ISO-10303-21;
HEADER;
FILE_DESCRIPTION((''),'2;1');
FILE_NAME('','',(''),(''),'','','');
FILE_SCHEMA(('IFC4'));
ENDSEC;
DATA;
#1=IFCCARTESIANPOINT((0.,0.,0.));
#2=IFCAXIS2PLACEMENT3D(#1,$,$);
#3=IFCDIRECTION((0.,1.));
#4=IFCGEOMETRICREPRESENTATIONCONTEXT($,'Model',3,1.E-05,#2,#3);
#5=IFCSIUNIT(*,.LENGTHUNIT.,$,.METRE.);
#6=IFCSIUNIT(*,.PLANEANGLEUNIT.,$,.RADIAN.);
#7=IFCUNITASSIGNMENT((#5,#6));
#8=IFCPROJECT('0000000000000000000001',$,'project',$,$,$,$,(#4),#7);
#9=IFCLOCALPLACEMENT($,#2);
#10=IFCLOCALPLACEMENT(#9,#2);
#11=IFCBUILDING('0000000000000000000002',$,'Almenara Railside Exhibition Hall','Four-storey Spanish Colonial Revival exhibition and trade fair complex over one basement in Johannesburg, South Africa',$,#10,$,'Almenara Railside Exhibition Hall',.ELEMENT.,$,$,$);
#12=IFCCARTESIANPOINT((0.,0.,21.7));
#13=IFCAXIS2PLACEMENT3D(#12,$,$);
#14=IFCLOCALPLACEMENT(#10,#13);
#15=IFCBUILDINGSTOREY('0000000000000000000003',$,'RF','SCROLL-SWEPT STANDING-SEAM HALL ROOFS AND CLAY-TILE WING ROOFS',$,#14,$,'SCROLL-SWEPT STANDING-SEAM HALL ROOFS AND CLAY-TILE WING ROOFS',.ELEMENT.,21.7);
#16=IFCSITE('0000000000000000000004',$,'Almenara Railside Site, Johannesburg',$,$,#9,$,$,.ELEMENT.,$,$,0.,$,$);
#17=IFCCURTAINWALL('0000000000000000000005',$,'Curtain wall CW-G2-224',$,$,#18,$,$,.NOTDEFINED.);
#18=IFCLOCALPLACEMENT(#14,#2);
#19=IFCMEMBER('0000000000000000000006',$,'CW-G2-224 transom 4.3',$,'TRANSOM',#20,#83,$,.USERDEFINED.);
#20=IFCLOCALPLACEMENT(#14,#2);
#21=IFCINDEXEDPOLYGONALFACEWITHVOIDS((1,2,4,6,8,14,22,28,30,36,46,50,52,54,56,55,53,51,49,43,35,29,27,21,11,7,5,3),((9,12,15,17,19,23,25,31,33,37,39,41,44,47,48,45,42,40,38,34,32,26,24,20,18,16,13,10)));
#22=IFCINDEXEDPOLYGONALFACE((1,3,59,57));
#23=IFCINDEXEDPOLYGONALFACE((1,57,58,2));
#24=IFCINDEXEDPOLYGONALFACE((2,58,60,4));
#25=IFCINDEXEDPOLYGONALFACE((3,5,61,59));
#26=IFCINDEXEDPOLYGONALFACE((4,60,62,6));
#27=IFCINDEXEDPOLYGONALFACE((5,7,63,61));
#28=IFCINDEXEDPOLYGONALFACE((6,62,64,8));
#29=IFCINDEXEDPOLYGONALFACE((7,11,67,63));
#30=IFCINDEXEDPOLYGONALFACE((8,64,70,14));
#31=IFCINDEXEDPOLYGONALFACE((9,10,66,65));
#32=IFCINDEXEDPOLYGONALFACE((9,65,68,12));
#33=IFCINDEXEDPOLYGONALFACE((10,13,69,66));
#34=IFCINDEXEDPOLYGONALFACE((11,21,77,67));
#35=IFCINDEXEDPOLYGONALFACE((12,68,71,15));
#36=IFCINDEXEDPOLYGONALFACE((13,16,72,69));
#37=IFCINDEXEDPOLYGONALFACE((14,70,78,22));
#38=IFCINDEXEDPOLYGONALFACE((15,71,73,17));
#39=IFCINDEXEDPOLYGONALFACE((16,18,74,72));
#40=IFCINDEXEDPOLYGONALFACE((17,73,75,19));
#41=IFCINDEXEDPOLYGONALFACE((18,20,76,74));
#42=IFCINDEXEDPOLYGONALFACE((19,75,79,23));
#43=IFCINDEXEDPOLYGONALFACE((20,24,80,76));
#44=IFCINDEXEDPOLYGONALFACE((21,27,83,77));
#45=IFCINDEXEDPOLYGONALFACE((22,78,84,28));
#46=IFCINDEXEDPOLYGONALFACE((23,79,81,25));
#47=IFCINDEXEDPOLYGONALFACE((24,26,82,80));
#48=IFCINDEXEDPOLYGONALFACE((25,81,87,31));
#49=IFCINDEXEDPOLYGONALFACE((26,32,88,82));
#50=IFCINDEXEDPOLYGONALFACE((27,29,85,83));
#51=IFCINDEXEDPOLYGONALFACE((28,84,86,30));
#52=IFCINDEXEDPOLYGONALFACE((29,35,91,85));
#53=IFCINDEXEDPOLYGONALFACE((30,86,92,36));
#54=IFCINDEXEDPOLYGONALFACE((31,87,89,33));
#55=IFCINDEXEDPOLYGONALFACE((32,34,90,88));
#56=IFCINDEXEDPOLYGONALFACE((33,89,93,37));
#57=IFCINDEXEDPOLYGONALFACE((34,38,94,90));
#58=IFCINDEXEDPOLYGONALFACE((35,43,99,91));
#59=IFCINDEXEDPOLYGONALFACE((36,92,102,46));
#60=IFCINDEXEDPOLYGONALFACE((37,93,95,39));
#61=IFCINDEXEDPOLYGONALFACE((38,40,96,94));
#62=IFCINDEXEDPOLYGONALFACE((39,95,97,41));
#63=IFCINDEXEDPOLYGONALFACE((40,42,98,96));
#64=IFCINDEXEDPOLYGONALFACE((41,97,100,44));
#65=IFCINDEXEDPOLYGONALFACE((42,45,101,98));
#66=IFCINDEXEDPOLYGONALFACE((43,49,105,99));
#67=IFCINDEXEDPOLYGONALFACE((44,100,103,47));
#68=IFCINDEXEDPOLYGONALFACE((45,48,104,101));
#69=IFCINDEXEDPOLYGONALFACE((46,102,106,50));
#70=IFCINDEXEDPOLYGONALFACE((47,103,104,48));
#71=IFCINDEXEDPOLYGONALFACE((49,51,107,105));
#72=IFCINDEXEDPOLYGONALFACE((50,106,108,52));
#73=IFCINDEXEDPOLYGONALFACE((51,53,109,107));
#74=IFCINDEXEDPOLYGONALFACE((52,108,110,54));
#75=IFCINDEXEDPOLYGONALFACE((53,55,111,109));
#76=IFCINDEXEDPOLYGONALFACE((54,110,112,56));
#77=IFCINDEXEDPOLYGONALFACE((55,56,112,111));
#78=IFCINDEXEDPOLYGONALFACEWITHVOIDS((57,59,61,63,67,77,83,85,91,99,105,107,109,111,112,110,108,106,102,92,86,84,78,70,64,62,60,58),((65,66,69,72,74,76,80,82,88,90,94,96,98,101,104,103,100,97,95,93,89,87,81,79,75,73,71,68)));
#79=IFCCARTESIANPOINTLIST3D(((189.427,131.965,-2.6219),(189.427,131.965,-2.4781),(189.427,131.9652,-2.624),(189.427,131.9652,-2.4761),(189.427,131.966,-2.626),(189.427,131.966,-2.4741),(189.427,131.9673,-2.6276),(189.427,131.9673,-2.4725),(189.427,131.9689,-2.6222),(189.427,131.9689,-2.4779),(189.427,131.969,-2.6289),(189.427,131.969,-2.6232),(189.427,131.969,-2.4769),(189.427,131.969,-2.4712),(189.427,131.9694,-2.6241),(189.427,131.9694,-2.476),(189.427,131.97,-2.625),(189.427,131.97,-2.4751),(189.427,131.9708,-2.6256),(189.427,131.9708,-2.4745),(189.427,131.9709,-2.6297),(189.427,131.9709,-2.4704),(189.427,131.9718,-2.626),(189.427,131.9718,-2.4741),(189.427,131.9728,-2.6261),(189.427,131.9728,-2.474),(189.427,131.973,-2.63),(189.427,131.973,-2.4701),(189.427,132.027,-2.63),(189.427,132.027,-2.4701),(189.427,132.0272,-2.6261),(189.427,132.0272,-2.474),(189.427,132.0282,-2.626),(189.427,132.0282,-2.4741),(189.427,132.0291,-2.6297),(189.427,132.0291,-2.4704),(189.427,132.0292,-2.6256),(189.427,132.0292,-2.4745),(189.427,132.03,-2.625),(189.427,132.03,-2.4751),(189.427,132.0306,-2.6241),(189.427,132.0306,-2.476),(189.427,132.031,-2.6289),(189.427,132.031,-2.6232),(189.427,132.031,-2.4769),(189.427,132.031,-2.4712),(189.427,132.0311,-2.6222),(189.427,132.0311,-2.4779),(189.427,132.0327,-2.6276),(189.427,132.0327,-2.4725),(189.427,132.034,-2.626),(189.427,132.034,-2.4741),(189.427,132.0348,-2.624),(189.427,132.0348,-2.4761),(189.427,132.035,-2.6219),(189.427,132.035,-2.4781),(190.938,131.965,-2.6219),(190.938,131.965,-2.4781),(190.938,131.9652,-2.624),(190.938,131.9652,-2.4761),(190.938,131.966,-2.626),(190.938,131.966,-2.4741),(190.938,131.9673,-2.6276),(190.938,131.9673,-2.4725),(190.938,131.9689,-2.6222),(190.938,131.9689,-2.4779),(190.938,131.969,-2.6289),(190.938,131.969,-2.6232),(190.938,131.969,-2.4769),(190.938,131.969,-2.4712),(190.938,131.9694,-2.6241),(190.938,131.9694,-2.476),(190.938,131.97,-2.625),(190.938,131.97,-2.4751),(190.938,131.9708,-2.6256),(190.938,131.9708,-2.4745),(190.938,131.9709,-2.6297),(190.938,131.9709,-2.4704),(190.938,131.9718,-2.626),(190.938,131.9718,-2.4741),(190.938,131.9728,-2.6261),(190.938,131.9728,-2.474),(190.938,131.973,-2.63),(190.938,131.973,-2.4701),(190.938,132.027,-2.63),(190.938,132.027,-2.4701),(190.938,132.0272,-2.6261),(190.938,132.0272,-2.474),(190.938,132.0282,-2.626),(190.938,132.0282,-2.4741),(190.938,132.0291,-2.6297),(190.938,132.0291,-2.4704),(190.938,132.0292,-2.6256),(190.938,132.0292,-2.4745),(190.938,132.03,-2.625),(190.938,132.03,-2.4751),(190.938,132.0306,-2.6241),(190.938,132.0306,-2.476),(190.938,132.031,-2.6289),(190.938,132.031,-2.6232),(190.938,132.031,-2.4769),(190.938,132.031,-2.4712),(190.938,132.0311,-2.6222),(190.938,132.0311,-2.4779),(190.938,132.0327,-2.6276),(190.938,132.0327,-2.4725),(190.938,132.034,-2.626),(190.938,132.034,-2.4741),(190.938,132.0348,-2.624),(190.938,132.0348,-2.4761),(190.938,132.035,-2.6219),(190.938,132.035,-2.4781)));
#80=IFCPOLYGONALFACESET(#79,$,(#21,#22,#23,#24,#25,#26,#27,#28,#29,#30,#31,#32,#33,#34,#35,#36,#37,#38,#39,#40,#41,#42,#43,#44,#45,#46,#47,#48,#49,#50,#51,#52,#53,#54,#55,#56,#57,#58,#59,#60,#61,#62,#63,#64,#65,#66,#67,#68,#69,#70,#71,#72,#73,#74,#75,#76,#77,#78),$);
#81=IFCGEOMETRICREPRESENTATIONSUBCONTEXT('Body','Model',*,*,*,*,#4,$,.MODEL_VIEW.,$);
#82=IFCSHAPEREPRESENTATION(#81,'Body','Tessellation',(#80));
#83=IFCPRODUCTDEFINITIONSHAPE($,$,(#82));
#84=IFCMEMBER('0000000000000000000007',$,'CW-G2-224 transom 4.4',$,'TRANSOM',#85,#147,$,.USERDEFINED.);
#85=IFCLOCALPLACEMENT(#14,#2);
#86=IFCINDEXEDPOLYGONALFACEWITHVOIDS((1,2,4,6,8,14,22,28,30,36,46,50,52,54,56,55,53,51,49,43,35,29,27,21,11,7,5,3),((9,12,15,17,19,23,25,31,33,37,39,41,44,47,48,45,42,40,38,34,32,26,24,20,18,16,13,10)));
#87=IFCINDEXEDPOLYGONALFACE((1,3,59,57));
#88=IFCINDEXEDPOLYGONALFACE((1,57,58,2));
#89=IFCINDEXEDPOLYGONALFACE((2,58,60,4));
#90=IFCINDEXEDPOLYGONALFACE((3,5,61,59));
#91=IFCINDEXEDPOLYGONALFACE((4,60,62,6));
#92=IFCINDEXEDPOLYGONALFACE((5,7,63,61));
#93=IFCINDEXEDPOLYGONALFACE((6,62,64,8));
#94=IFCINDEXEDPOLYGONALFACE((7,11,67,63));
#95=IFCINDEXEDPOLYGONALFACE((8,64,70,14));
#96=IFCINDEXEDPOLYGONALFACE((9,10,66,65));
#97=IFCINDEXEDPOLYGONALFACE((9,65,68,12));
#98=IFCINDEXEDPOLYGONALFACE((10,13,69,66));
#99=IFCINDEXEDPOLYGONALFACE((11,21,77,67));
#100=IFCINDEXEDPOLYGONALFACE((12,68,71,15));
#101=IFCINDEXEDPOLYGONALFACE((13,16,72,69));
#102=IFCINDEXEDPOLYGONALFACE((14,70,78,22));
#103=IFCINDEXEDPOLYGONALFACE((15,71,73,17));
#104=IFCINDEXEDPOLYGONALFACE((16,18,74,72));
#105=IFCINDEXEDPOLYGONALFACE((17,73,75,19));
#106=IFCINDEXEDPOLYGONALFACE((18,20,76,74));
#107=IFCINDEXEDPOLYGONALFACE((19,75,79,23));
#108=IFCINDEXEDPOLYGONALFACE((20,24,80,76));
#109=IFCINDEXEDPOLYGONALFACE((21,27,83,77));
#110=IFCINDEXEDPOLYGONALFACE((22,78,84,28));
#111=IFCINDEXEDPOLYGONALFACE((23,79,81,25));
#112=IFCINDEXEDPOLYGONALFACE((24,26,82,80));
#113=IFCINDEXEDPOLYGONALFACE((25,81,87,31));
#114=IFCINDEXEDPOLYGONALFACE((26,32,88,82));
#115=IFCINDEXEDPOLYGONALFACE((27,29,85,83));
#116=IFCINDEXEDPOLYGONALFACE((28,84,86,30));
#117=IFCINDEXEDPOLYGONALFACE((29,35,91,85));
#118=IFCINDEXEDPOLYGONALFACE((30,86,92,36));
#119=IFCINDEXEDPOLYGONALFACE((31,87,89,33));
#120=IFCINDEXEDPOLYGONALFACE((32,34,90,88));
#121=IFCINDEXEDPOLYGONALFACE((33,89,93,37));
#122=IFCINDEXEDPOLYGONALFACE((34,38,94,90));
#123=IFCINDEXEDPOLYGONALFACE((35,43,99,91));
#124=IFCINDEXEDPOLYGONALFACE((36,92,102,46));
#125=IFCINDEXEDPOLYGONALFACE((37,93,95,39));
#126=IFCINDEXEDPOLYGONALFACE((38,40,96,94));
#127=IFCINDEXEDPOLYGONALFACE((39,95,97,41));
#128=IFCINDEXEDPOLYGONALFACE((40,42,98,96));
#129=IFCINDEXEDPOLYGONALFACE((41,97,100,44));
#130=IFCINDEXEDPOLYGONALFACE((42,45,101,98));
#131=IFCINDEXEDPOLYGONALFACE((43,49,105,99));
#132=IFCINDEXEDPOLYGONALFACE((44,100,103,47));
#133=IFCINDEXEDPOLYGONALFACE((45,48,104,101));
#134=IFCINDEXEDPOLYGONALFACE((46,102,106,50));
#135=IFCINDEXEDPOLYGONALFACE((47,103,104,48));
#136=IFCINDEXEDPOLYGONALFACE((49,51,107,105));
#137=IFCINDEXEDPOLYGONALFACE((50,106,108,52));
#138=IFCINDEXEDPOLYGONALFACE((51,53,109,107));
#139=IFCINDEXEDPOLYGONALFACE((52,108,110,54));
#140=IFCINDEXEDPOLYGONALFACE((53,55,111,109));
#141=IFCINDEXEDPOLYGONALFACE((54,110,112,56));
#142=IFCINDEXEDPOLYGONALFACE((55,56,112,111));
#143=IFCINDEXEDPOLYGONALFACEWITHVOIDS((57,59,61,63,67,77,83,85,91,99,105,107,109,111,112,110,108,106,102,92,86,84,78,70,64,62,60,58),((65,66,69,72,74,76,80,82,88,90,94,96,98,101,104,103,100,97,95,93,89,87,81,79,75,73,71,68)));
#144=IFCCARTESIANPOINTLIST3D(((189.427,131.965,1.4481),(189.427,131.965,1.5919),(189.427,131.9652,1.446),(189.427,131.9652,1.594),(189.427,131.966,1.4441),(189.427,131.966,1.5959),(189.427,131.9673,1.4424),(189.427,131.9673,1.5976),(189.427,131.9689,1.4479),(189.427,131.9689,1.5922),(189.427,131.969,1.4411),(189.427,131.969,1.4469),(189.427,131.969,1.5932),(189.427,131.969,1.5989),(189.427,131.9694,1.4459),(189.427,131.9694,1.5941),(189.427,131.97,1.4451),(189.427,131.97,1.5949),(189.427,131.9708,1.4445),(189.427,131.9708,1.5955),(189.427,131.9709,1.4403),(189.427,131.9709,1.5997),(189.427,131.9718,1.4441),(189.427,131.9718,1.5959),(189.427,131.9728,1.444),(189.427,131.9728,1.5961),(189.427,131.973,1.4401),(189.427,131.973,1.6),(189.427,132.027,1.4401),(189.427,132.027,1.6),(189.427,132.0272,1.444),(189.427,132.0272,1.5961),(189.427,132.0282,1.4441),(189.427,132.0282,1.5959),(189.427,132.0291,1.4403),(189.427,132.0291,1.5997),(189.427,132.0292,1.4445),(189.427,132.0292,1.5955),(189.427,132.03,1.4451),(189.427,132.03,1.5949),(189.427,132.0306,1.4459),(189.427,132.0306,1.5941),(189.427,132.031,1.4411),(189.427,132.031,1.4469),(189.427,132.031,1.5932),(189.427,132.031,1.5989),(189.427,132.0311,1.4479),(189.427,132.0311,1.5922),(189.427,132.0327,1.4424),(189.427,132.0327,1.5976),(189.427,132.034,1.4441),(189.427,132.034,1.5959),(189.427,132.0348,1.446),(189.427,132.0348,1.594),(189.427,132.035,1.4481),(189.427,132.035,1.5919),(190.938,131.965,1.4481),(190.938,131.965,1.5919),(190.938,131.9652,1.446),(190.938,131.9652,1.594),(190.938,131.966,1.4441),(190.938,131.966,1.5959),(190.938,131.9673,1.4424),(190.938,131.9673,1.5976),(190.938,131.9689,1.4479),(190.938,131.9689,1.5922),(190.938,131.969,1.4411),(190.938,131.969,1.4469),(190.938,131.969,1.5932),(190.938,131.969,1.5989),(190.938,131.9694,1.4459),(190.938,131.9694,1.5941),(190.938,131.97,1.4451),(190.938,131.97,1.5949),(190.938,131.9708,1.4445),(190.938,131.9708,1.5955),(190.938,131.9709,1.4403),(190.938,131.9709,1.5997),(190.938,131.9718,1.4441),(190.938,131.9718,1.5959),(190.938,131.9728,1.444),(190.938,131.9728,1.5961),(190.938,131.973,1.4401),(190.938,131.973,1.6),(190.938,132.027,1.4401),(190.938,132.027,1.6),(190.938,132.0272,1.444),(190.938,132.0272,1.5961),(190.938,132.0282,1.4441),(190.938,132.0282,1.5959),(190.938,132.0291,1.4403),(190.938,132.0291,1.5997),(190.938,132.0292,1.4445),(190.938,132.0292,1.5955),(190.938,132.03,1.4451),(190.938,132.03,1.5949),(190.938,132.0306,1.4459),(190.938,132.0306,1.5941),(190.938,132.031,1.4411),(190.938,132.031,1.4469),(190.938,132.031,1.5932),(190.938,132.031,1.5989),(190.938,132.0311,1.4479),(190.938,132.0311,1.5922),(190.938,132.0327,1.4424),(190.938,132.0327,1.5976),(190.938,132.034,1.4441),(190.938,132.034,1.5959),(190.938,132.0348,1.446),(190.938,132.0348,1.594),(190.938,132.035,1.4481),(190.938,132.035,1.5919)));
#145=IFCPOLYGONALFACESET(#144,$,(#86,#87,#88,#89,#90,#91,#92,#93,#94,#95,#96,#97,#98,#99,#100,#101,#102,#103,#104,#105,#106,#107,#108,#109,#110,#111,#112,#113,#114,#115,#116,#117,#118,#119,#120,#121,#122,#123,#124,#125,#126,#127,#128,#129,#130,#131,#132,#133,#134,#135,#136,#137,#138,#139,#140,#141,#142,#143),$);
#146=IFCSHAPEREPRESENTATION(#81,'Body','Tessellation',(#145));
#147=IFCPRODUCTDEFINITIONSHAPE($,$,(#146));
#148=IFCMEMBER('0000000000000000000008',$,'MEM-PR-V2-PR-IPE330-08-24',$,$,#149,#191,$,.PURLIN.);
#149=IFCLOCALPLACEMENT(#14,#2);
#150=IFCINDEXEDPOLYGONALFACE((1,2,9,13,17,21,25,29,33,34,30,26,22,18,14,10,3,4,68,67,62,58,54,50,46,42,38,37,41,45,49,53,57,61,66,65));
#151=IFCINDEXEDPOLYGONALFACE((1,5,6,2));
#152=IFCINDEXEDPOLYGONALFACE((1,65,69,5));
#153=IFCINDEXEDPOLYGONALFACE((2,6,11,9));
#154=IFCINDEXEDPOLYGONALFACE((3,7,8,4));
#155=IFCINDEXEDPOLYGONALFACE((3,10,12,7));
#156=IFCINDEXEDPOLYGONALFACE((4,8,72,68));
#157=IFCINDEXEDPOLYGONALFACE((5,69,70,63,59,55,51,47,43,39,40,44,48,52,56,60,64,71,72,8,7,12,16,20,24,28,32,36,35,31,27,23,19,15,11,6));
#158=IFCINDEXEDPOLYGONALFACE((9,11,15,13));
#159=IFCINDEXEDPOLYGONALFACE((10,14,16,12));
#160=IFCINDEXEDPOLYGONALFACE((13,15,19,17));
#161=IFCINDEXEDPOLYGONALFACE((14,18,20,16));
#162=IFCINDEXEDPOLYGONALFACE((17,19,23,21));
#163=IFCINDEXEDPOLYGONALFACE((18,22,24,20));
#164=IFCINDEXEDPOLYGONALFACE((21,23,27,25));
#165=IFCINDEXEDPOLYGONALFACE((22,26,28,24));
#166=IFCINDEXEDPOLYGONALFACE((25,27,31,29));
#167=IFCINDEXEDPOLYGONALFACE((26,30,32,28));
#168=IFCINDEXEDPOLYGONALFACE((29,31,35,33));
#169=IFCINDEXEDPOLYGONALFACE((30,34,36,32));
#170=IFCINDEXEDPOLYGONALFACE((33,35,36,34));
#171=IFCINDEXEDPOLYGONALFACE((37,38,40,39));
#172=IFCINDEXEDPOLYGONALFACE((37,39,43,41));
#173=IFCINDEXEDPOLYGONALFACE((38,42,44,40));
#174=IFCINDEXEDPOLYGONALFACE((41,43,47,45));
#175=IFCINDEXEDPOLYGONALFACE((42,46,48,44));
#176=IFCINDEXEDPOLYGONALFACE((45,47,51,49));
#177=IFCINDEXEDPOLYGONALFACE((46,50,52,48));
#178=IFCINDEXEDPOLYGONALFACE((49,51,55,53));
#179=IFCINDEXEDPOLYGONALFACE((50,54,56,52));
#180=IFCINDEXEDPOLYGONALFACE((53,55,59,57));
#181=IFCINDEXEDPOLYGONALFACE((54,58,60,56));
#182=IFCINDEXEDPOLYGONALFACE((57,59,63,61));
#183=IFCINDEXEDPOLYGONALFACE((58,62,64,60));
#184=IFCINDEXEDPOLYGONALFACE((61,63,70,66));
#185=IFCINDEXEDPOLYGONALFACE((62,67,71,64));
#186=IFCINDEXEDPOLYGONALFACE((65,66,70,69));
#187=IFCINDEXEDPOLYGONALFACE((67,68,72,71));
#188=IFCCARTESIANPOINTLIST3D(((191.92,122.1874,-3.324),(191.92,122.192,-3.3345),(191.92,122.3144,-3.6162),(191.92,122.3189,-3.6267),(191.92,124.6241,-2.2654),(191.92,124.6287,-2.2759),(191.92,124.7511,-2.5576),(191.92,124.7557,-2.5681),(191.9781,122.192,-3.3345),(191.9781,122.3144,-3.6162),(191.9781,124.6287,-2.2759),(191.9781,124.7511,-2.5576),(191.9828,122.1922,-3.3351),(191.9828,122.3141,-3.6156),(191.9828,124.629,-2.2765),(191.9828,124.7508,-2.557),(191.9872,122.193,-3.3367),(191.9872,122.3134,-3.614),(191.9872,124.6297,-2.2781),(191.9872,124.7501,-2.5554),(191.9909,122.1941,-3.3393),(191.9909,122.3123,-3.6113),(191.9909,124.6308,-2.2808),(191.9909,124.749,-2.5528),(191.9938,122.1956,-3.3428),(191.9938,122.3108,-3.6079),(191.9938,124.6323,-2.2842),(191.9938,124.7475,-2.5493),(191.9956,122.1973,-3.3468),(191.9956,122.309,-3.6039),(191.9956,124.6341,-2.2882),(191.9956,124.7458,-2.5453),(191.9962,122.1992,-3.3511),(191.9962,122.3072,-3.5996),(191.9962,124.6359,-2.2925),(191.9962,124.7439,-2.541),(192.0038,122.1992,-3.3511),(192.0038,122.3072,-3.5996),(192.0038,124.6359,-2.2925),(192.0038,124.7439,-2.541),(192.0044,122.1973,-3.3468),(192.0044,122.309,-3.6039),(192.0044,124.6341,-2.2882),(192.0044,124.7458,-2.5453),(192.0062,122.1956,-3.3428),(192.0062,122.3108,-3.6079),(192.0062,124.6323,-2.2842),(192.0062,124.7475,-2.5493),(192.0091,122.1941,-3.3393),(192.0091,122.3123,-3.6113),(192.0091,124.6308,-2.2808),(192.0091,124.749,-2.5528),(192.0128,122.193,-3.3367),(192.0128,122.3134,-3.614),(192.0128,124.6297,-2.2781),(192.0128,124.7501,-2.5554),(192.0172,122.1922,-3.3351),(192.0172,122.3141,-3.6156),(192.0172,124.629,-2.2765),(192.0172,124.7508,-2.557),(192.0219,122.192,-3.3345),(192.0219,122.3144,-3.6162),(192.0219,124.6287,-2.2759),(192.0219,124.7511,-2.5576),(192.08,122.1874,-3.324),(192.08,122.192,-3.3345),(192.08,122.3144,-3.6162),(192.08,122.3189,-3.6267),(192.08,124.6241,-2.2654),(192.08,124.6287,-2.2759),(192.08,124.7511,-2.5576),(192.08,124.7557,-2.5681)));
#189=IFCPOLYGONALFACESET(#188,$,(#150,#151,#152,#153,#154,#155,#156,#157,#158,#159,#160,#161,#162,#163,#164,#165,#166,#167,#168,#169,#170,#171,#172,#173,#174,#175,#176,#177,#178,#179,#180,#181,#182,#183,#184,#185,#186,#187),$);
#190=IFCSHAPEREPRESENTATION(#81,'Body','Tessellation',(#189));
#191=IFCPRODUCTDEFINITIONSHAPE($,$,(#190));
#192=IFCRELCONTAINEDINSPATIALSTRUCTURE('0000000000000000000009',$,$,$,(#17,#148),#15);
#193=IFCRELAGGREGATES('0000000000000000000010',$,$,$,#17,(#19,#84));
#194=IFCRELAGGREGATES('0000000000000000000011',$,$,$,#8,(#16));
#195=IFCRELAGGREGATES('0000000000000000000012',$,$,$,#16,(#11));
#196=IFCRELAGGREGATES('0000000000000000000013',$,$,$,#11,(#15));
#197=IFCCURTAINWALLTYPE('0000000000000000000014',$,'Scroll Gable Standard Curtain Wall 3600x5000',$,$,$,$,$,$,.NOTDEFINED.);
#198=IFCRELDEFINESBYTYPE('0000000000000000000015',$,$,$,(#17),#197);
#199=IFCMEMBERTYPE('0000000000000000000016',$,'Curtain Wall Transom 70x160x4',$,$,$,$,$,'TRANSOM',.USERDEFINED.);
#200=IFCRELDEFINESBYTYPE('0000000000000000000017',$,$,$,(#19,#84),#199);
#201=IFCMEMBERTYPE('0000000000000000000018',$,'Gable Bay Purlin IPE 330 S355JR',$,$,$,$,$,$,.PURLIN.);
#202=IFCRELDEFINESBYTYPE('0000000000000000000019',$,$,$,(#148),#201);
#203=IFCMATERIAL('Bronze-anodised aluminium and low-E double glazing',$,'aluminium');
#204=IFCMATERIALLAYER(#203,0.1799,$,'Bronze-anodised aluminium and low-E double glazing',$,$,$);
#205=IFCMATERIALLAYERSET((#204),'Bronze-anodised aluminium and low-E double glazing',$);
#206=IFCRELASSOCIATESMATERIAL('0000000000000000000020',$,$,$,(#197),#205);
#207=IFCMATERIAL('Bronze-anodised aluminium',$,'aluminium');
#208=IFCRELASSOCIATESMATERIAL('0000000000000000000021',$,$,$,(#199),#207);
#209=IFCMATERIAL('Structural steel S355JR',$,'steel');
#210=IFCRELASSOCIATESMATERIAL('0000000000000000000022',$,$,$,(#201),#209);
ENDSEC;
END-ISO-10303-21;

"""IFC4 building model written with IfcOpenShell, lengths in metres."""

from ifc_helpers import new_model, si_unit, direction, frame, origin, origin_2d, place, context, subcontext, project, spatial, hollow_rectangle, i_section, extrude, material, layer, layer_set, material_profile, profile_set, type_object, element, aggregate, save


model = new_model("IFC4")

# Units and contexts
model_context = context("Model", 3, precision=1e-05, world=origin(), true_north=direction((0.0, 1.0)))
body_context = subcontext(model_context, "Body", "Model", "MODEL_VIEW")
ifc_project = project(units=[si_unit("LENGTHUNIT", "METRE"), si_unit("PLANEANGLEUNIT", "RADIAN")], contexts=[model_context])

# Site, building, storey
site_placement = place(None, origin())
site = spatial("IfcSite", under=ifc_project, at=site_placement, Name="Almenara Railside Site, Johannesburg", CompositionType="ELEMENT", RefElevation=0.0)
building_placement = place(site_placement, origin())
building = spatial("IfcBuilding", under=site, at=building_placement, Name="Almenara Railside Exhibition Hall", Description="Four-storey Spanish Colonial Revival exhibition and trade fair complex over one basement in Johannesburg, South Africa", LongName="Almenara Railside Exhibition Hall", CompositionType="ELEMENT")
storey_placement = place(building_placement, frame((0.0, 0.0, 21.7)))
storey = spatial("IfcBuildingStorey", under=building, at=storey_placement, Name="RF", Description="SCROLL-SWEPT STANDING-SEAM HALL ROOFS AND CLAY-TILE WING ROOFS", LongName="SCROLL-SWEPT STANDING-SEAM HALL ROOFS AND CLAY-TILE WING ROOFS", CompositionType="ELEMENT", Elevation=21.7)

# Shared definitions
ifc_material_1 = material(Name="Structural steel S355JR", Category="steel")

# Curtain wall, members
ifc_material_2 = material(Name="Bronze-anodised aluminium and low-E double glazing", Category="aluminium")
ifc_layer_1 = layer(ifc_material_2, 0.1799, Name="Bronze-anodised aluminium and low-E double glazing")
ifc_layer_set_1 = layer_set([ifc_layer_1], Name="Bronze-anodised aluminium and low-E double glazing")
curtain_wall_type = type_object("IfcCurtainWallType", Name="Scroll Gable Standard Curtain Wall 3600x5000", PredefinedType="NOTDEFINED", material=ifc_layer_set_1)
curtain_wall_placement = place(storey_placement, origin())
curtain_wall = element("IfcCurtainWall", 1, at=curtain_wall_placement, inside=storey, type_object=curtain_wall_type, Name="Curtain wall CW-G2-224", PredefinedType="NOTDEFINED")
ifc_material_3 = material(Name="Bronze-anodised aluminium", Category="aluminium")
ifc_material_profile_1 = material_profile(ifc_material_3, hollow_rectangle(XDim=0.0701, YDim=0.1599, WallThickness=0.0039, InnerFilletRadius=0.0039, OuterFilletRadius=0.0081, at=origin_2d()), Name="ALU-TRN 70x160x4")
ifc_profile_set_1 = profile_set([ifc_material_profile_1], Name="Bronze-anodised aluminium")
member_type_1 = type_object("IfcMemberType", Name="Curtain Wall Transom 70x160x4", ElementType="TRANSOM", PredefinedType="USERDEFINED", material=ifc_profile_set_1)
member_1_placement = place(storey_placement, frame((189.427, 132.0, -2.55), z_axis=(1.0, 0.0, 0.0), x_axis=(0.0, 1.0, 0.0)))
member_1 = element("IfcMember", 2, at=member_1_placement, type_object=member_type_1, Name="CW-G2-224 transom 4.3", ObjectType="TRANSOM", PredefinedType="USERDEFINED", context=body_context, shape_type="SweptSolid", body=[
    extrude(hollow_rectangle(XDim=0.0701, YDim=0.1599, WallThickness=0.0039, InnerFilletRadius=0.0039, OuterFilletRadius=0.0081, at=origin_2d()), origin(), (0.0, 0.0, 1.0), 1.511),
])
member_2_placement = place(storey_placement, frame((189.427, 132.0, 1.52), z_axis=(1.0, 0.0, 0.0), x_axis=(0.0, 1.0, 0.0)))
member_2 = element("IfcMember", 3, at=member_2_placement, type_object=member_type_1, Name="CW-G2-224 transom 4.4", ObjectType="TRANSOM", PredefinedType="USERDEFINED", context=body_context, shape_type="SweptSolid", body=[
    extrude(hollow_rectangle(XDim=0.0701, YDim=0.1599, WallThickness=0.0039, InnerFilletRadius=0.0039, OuterFilletRadius=0.0081, at=origin_2d()), origin(), (0.0, 0.0, 1.0), 1.511),
])

# Member
ifc_material_profile_2 = material_profile(ifc_material_1, i_section(OverallWidth=0.1599, OverallDepth=0.3301, WebThickness=0.0076, FlangeThickness=0.0115, FilletRadius=0.0181, at=origin_2d()), Name="IPE 330")
ifc_profile_set_2 = profile_set([ifc_material_profile_2], Name="Structural steel S355JR")
member_type_2 = type_object("IfcMemberType", Name="Gable Bay Purlin IPE 330 S355JR", PredefinedType="PURLIN", material=ifc_profile_set_2)
member_3_placement = place(storey_placement, frame((192.0, 122.2532, -3.4753), z_axis=(0.0, 0.91719, 0.398451), x_axis=(-1.0, 0.0, 0.0)))
element("IfcMember", 4, at=member_3_placement, inside=storey, type_object=member_type_2, Name="MEM-PR-V2-PR-IPE330-08-24", PredefinedType="PURLIN", context=body_context, shape_type="SweptSolid", body=[
    extrude(i_section(OverallWidth=0.1599, OverallDepth=0.3301, WebThickness=0.0076, FlangeThickness=0.0115, FilletRadius=0.0181, at=origin_2d()), origin(), (0.0, 0.0, 1.0), 2.6567),
])

aggregate(curtain_wall, [member_1, member_2])

save(model, "model.ifc")
